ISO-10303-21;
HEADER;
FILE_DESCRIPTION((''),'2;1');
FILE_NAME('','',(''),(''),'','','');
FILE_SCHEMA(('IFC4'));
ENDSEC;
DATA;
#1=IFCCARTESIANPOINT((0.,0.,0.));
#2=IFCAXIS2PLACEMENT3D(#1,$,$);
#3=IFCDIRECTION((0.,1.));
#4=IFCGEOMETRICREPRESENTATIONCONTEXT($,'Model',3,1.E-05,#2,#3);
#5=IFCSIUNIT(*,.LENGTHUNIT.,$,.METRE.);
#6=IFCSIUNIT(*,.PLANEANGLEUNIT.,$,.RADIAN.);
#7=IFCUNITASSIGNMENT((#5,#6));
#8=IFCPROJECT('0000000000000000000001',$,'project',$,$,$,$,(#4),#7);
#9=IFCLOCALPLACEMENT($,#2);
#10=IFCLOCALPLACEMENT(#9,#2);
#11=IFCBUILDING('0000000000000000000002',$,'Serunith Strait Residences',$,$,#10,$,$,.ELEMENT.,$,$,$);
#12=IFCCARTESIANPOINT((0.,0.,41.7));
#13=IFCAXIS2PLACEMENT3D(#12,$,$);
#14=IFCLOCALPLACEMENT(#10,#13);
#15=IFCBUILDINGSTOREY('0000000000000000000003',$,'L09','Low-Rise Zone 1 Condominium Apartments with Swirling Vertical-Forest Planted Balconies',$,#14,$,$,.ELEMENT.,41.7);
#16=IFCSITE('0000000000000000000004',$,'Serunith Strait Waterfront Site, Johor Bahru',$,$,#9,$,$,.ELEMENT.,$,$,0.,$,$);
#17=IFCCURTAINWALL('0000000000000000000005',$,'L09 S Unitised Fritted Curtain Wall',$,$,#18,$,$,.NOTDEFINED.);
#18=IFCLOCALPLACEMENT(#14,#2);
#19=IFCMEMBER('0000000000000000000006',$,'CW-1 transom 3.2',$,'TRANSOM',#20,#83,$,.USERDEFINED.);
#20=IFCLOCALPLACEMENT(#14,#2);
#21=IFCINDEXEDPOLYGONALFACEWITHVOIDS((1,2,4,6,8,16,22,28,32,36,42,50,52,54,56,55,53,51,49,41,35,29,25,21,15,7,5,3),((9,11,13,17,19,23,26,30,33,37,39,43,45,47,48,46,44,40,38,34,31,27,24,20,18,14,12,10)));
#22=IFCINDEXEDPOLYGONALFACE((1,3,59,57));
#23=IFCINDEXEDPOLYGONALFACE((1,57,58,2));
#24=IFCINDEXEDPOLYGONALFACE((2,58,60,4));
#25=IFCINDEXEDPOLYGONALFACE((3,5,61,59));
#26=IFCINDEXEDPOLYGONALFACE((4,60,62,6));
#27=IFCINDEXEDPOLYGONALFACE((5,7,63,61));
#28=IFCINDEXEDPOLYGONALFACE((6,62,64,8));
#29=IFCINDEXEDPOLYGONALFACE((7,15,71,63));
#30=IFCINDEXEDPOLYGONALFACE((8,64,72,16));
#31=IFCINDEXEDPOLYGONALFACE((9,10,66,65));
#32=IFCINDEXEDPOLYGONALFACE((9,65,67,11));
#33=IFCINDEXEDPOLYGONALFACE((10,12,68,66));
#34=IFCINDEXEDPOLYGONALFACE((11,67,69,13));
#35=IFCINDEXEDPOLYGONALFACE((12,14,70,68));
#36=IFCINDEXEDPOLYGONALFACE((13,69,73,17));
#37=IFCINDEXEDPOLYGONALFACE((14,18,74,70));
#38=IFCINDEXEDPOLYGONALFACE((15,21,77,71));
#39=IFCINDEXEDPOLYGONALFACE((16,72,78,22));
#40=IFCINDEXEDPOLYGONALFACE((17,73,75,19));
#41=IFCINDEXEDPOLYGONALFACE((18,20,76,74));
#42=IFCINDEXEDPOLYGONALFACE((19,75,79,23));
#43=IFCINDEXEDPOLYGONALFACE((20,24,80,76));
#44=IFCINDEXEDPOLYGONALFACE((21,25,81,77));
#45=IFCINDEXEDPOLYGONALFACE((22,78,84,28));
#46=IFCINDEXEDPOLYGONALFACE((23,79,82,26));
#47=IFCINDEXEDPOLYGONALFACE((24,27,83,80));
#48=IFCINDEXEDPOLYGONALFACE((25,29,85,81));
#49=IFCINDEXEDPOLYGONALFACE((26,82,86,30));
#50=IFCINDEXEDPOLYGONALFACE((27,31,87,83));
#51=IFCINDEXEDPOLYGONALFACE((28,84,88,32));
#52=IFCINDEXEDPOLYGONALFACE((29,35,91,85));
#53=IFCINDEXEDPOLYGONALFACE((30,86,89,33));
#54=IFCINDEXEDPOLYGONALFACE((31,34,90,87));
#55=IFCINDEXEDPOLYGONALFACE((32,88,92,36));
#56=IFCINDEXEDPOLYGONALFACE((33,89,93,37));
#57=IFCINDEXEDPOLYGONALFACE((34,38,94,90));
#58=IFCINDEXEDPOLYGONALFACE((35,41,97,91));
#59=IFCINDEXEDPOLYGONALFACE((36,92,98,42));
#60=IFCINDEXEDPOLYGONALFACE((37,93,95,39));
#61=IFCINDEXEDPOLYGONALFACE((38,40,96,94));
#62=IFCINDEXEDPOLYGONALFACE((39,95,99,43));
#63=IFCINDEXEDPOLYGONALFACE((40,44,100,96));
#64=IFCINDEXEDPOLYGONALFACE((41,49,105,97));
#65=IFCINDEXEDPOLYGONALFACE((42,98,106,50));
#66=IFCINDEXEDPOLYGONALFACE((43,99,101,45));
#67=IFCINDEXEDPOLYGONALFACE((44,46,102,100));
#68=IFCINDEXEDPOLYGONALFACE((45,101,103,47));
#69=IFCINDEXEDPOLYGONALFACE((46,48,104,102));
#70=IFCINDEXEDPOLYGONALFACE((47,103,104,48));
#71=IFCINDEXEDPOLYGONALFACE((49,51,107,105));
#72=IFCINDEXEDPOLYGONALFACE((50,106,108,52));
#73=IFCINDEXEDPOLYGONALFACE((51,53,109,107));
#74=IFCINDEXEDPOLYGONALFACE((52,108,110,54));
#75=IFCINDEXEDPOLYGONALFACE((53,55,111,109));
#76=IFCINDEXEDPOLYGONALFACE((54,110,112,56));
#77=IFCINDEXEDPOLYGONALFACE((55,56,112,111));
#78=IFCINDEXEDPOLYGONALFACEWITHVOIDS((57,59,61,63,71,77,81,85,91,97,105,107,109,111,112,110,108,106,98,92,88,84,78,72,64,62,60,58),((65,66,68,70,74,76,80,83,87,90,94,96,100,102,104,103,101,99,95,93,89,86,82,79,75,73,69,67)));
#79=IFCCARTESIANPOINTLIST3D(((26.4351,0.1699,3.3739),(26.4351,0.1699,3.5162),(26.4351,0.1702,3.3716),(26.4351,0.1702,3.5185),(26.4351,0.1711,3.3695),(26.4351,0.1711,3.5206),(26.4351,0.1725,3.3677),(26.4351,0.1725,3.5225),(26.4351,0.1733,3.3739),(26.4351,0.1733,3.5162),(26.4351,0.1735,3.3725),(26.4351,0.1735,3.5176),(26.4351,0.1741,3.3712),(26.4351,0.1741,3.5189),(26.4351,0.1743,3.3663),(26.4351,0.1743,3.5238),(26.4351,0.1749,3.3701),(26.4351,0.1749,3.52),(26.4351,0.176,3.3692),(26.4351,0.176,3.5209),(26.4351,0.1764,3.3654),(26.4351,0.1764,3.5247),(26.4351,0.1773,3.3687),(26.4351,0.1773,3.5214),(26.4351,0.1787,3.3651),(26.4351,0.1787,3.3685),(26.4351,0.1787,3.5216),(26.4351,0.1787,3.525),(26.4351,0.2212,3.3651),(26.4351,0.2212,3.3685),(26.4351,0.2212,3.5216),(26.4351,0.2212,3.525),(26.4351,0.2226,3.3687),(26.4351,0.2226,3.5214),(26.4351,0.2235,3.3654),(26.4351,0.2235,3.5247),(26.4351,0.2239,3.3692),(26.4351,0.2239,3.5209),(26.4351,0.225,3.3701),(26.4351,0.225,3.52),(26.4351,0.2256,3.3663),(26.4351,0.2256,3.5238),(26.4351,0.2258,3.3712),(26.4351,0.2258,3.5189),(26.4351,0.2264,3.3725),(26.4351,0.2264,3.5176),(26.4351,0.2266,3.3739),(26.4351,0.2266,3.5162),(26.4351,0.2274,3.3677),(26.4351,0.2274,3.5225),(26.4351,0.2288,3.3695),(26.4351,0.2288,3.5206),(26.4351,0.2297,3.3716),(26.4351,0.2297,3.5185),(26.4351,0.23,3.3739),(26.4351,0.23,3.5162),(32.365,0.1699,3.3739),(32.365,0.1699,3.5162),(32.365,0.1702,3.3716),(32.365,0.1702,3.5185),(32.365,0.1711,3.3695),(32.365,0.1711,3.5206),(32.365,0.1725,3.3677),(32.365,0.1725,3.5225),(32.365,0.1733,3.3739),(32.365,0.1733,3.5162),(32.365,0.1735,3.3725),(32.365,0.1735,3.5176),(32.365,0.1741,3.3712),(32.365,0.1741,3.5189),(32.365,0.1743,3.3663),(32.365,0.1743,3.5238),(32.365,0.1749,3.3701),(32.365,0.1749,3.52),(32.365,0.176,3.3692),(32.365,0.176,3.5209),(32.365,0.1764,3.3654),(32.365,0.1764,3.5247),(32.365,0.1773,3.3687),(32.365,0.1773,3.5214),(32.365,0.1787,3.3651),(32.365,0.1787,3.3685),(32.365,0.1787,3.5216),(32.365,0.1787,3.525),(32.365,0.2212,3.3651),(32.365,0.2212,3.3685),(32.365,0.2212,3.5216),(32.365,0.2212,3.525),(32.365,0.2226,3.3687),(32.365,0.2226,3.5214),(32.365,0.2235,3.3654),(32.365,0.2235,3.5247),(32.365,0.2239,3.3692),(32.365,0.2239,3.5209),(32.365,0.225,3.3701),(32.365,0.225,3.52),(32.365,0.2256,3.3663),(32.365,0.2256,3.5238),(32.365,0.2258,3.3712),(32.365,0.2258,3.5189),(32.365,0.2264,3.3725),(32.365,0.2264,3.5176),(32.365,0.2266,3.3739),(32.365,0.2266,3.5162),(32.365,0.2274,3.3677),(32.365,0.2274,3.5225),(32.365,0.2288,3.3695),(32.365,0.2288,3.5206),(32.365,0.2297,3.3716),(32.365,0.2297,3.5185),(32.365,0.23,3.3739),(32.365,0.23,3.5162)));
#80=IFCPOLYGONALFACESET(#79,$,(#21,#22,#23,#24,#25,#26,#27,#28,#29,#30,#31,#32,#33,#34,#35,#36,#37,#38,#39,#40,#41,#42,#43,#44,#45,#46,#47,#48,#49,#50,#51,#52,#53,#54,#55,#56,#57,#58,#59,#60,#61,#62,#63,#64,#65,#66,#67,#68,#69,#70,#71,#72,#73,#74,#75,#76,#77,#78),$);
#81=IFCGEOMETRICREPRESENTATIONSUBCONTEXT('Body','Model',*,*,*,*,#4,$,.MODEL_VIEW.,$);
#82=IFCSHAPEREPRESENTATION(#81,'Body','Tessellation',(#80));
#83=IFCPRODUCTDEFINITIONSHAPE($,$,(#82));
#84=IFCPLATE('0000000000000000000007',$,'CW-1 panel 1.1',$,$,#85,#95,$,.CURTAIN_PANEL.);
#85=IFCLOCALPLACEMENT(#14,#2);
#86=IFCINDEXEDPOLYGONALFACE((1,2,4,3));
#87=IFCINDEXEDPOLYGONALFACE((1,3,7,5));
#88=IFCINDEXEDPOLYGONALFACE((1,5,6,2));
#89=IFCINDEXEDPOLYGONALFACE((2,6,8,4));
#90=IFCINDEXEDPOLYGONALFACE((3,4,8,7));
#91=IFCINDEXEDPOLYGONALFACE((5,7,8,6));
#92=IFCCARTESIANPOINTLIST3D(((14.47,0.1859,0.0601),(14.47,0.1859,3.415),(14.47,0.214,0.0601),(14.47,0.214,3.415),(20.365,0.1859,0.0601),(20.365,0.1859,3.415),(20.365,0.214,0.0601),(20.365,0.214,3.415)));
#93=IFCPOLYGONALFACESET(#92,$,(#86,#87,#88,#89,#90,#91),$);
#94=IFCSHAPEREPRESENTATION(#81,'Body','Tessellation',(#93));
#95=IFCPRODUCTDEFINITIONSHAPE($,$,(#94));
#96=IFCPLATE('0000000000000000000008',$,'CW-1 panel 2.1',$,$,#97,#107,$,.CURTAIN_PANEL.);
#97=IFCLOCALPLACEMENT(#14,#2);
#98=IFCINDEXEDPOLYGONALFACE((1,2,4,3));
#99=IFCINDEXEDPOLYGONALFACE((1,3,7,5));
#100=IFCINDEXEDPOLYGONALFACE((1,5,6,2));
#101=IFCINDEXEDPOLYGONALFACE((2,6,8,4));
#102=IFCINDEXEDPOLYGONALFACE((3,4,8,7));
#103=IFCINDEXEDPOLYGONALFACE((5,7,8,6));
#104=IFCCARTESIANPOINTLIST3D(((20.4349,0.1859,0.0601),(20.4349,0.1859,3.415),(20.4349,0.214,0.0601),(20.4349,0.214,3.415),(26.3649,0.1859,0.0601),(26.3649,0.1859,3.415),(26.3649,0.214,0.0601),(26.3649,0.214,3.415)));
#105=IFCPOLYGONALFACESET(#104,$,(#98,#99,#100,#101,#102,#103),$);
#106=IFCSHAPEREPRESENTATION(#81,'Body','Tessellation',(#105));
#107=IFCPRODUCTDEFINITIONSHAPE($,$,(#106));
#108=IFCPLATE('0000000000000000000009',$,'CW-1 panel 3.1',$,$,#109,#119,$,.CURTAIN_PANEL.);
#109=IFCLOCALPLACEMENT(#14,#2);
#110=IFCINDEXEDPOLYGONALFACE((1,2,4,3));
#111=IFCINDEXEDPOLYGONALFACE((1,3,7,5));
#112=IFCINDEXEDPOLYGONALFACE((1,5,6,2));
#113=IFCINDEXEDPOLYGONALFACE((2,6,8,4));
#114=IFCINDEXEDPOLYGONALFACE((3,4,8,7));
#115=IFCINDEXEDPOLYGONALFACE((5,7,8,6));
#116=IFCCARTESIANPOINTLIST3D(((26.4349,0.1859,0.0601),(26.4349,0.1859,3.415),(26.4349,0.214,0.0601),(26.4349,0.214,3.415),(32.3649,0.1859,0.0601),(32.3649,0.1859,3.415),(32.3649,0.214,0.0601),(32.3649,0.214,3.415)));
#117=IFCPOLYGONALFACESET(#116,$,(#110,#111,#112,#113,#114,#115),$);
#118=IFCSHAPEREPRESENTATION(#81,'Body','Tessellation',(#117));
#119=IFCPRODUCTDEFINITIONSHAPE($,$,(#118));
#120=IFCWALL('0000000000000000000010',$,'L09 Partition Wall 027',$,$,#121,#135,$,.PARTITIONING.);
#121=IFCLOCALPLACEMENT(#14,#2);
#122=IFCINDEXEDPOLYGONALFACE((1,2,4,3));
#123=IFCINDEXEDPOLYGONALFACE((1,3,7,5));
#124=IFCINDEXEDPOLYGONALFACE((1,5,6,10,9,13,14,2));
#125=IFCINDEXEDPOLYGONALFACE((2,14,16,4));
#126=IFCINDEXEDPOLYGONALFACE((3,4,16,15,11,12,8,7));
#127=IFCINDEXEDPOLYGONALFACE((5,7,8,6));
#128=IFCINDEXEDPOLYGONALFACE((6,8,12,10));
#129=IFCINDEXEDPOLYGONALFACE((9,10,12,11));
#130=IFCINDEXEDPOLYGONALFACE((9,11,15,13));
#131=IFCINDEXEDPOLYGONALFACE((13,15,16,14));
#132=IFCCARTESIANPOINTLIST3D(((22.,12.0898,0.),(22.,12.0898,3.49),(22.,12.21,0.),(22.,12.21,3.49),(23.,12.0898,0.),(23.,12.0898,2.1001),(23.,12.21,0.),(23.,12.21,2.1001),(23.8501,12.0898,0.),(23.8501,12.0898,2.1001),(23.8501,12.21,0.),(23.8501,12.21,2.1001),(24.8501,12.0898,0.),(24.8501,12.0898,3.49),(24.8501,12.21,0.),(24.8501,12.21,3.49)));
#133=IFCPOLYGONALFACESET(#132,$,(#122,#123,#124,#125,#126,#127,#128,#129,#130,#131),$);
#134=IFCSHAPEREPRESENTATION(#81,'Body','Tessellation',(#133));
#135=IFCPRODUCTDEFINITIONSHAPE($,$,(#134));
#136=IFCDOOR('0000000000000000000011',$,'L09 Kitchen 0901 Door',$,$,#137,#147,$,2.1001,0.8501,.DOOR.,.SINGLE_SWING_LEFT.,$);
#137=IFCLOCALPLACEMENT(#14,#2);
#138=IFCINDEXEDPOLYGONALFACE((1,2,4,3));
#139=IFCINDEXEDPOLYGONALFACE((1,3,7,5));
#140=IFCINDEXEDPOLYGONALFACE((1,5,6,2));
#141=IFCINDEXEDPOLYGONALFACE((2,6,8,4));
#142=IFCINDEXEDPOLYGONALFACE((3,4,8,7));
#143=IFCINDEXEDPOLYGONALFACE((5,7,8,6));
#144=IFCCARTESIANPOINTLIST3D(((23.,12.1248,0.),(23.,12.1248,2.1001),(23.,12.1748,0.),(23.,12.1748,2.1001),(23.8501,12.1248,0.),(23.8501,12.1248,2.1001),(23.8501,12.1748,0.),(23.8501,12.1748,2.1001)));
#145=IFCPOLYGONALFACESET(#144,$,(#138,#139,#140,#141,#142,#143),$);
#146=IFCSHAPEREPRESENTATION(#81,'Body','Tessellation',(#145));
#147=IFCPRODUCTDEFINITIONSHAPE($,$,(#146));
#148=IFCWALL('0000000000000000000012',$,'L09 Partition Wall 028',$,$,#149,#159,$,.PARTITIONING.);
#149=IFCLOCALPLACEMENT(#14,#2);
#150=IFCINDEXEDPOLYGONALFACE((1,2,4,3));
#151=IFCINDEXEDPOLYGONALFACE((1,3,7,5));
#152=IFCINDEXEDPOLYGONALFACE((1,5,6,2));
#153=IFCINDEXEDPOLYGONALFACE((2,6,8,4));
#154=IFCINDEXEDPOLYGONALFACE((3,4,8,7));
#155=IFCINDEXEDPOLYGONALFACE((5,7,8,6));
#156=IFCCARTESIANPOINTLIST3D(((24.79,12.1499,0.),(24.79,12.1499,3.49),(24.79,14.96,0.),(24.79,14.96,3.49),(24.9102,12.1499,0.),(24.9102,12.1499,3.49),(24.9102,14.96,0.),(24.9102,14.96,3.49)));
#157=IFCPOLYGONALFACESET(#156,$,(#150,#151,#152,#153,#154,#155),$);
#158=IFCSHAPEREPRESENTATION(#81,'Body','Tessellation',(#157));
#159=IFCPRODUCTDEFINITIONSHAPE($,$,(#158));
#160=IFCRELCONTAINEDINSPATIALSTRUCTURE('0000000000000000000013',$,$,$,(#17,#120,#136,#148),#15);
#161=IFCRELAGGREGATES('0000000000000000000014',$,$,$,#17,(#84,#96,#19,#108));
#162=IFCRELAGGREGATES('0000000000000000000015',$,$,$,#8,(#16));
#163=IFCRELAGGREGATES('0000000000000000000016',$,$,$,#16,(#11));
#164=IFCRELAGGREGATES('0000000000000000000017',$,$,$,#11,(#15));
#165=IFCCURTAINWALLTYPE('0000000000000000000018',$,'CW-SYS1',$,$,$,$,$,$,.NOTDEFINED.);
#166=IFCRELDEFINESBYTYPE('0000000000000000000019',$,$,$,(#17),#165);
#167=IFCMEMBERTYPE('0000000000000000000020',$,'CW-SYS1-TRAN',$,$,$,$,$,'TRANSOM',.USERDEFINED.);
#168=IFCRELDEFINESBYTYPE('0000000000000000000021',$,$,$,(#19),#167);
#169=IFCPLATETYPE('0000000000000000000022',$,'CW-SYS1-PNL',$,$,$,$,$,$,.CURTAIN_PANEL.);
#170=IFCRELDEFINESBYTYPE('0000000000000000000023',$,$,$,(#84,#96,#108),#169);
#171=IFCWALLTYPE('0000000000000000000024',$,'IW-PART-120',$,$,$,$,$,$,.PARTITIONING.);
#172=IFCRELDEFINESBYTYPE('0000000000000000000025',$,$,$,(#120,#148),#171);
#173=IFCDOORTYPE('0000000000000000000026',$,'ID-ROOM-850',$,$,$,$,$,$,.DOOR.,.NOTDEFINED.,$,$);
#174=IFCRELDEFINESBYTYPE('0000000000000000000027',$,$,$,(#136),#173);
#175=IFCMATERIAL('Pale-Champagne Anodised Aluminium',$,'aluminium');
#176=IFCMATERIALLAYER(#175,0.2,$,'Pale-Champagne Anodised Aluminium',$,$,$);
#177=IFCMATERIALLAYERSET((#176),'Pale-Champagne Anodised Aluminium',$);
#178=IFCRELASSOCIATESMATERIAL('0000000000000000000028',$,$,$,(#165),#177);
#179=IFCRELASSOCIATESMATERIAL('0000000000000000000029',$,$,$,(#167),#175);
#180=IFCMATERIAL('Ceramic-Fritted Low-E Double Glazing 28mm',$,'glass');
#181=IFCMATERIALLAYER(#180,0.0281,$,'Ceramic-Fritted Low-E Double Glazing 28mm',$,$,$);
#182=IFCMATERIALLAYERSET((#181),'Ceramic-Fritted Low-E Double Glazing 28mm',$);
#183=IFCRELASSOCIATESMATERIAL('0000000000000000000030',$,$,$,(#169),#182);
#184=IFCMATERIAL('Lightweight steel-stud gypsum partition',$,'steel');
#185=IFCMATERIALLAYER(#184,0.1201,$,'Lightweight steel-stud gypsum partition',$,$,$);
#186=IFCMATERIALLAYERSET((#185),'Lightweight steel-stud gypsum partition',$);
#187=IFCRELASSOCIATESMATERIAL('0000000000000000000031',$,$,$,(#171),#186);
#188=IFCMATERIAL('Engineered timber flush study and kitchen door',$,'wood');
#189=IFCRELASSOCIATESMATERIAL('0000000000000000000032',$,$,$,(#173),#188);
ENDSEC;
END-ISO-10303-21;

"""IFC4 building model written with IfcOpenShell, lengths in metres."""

from ifc_helpers import new_model, si_unit, direction, frame, frame_2d, origin, origin_2d, place, context, subcontext, project, spatial, rectangle, hollow_rectangle, extrude, source, transform, mapped, material, layer, layer_set, material_profile, profile_set, type_object, element, fill, aggregate, save


model = new_model("IFC4")

# Units and contexts
model_context = context("Model", 3, precision=1e-05, world=origin(), true_north=direction((0.0, 1.0)))
body_context = subcontext(model_context, "Body", "Model", "MODEL_VIEW")
ifc_project = project(units=[si_unit("LENGTHUNIT", "METRE"), si_unit("PLANEANGLEUNIT", "RADIAN")], contexts=[model_context])

# Site, building, storey
site_placement = place(None, origin())
site = spatial("IfcSite", under=ifc_project, at=site_placement, Name="Serunith Strait Waterfront Site, Johor Bahru", CompositionType="ELEMENT", RefElevation=0.0)
building_placement = place(site_placement, origin())
building = spatial("IfcBuilding", under=site, at=building_placement, Name="Serunith Strait Residences", CompositionType="ELEMENT")
storey_placement = place(building_placement, frame((0.0, 0.0, 41.7)))
storey = spatial("IfcBuildingStorey", under=building, at=storey_placement, Name="L09", Description="Low-Rise Zone 1 Condominium Apartments with Swirling Vertical-Forest Planted Balconies", CompositionType="ELEMENT", Elevation=41.7)

# Curtain wall, member, plates
ifc_material_1 = material(Name="Pale-Champagne Anodised Aluminium", Category="aluminium")
ifc_layer_1 = layer(ifc_material_1, 0.2, Name="Pale-Champagne Anodised Aluminium")
ifc_layer_set_1 = layer_set([ifc_layer_1], Name="Pale-Champagne Anodised Aluminium")
curtain_wall_type = type_object("IfcCurtainWallType", Name="CW-SYS1", PredefinedType="NOTDEFINED", material=ifc_layer_set_1)
curtain_wall_placement = place(storey_placement, origin())
curtain_wall = element("IfcCurtainWall", 1, at=curtain_wall_placement, inside=storey, type_object=curtain_wall_type, Name="L09 S Unitised Fritted Curtain Wall", PredefinedType="NOTDEFINED")
ifc_material_profile_1 = material_profile(ifc_material_1, hollow_rectangle(XDim=0.0601, YDim=0.1599, WallThickness=0.0034, InnerFilletRadius=0.0054, OuterFilletRadius=0.0088, at=origin_2d()), Name="ALU 160x60x3.5")
ifc_profile_set_1 = profile_set([ifc_material_profile_1], Name="Pale-Champagne Anodised Aluminium")
member_type_1 = type_object("IfcMemberType", Name="CW-SYS1-TRAN", ElementType="TRANSOM", PredefinedType="USERDEFINED", material=ifc_profile_set_1)
shared_shape_1 = source(origin(), body_context, "Body", "SweptSolid", [
    extrude(hollow_rectangle(XDim=0.0601, YDim=0.1599, WallThickness=0.0034, InnerFilletRadius=0.0054, OuterFilletRadius=0.0088, at=origin_2d()), origin(), (0.0, 0.0, 1.0), 5.9299),
])
member_1_placement = place(storey_placement, frame((26.4351, 0.2, 3.4451), z_axis=(1.0, 0.0, 0.0), x_axis=(0.0, 1.0, 0.0)))
member_1 = element("IfcMember", 2, at=member_1_placement, type_object=member_type_1, Name="CW-1 transom 3.2", ObjectType="TRANSOM", PredefinedType="USERDEFINED", context=body_context, shape_type="MappedRepresentation", body=[
    mapped(shared_shape_1, transform((0.0, 0.0, 0.0), scale=1.0)),
])
ifc_material_2 = material(Name="Ceramic-Fritted Low-E Double Glazing 28mm", Category="glass")
ifc_layer_2 = layer(ifc_material_2, 0.0281, Name="Ceramic-Fritted Low-E Double Glazing 28mm")
ifc_layer_set_2 = layer_set([ifc_layer_2], Name="Ceramic-Fritted Low-E Double Glazing 28mm")
plate_type = type_object("IfcPlateType", Name="CW-SYS1-PNL", PredefinedType="CURTAIN_PANEL", material=ifc_layer_set_2)
shared_shape_2 = source(origin(), body_context, "Body", "SweptSolid", [
    extrude(rectangle(XDim=5.895, YDim=0.0281, at=origin_2d()), origin(), (0.0, 0.0, 1.0), 3.355),
])
plate_1_placement = place(storey_placement, frame((17.4175, 0.2, 0.0601), z_axis=(0.0, 0.0, 1.0), x_axis=(1.0, 0.0, 0.0)))
plate_1 = element("IfcPlate", 3, at=plate_1_placement, type_object=plate_type, Name="CW-1 panel 1.1", PredefinedType="CURTAIN_PANEL", context=body_context, shape_type="MappedRepresentation", body=[
    mapped(shared_shape_2, transform((0.0, 0.0, 0.0), scale=1.0)),
])
shared_shape_3 = source(origin(), body_context, "Body", "SweptSolid", [
    extrude(rectangle(XDim=5.9299, YDim=0.0281, at=origin_2d()), origin(), (0.0, 0.0, 1.0), 3.355),
])
plate_2_placement = place(storey_placement, frame((23.3999, 0.2, 0.0601), z_axis=(0.0, 0.0, 1.0), x_axis=(1.0, 0.0, 0.0)))
plate_2 = element("IfcPlate", 4, at=plate_2_placement, type_object=plate_type, Name="CW-1 panel 2.1", PredefinedType="CURTAIN_PANEL", context=body_context, shape_type="MappedRepresentation", body=[
    mapped(shared_shape_3, transform((0.0, 0.0, 0.0), scale=1.0)),
])
plate_3_placement = place(storey_placement, frame((29.3999, 0.2, 0.0601), z_axis=(0.0, 0.0, 1.0), x_axis=(1.0, 0.0, 0.0)))
plate_3 = element("IfcPlate", 5, at=plate_3_placement, type_object=plate_type, Name="CW-1 panel 3.1", PredefinedType="CURTAIN_PANEL", context=body_context, shape_type="MappedRepresentation", body=[
    mapped(shared_shape_3, transform((0.0, 0.0, 0.0), scale=1.0)),
])
aggregate(curtain_wall, [plate_1, plate_2, member_1, plate_3])

# Wall, opening, door
ifc_material_3 = material(Name="Lightweight steel-stud gypsum partition", Category="steel")
ifc_layer_3 = layer(ifc_material_3, 0.1201, Name="Lightweight steel-stud gypsum partition")
ifc_layer_set_3 = layer_set([ifc_layer_3], Name="Lightweight steel-stud gypsum partition")
wall_type = type_object("IfcWallType", Name="IW-PART-120", PredefinedType="PARTITIONING", material=ifc_layer_set_3)
wall_1_placement = place(storey_placement, frame((22.0, 12.1499, 0.0), z_axis=(0.0, 0.0, 1.0), x_axis=(1.0, 0.0, 0.0)))
wall_1 = element("IfcWall", 6, at=wall_1_placement, inside=storey, type_object=wall_type, Name="L09 Partition Wall 027", PredefinedType="PARTITIONING", context=body_context, shape_type="SweptSolid", body=[
    extrude(rectangle(XDim=2.8501, YDim=0.1201, at=frame_2d((1.425, 0.0))), origin(), (0.0, 0.0, 1.0), 3.49),
])
opening_1_placement = place(wall_1_placement, frame((1.0, 0.0, 0.0)))
opening_1 = element("IfcOpeningElement", 7, at=opening_1_placement, cuts=wall_1, PredefinedType="OPENING", context=body_context, shape_type="SweptSolid", body=[
    extrude(rectangle(XDim=0.8501, YDim=2.1001, at=frame_2d((0.425, 1.05))), frame((0.0, 0.0701, 0.0), z_axis=(0.0, -1.0, 0.0), x_axis=(1.0, 0.0, 0.0)), (0.0, 0.0, 1.0), 0.1401),
])
ifc_material_4 = material(Name="Engineered timber flush study and kitchen door", Category="wood")
door_type_1 = type_object("IfcDoorType", Name="ID-ROOM-850", OperationType="NOTDEFINED", PredefinedType="DOOR", material=ifc_material_4)
shared_shape_4 = source(origin(), body_context, "Body", "SweptSolid", [
    extrude(rectangle(XDim=0.8501, YDim=2.1001, at=frame_2d((0.425, 1.05))), frame((0.0, 0.0249, 0.0), z_axis=(0.0, -1.0, 0.0), x_axis=(1.0, 0.0, 0.0)), (0.0, 0.0, 1.0), 0.05),
])
door_1_placement = place(opening_1_placement, origin())
door_1 = element("IfcDoor", 8, at=door_1_placement, inside=storey, type_object=door_type_1, Name="L09 Kitchen 0901 Door", OperationType="SINGLE_SWING_LEFT", OverallHeight=2.1001, OverallWidth=0.8501, PredefinedType="DOOR", context=body_context, shape_type="MappedRepresentation", body=[
    mapped(shared_shape_4, transform((0.0, 0.0, 0.0), scale=1.0)),
])
fill(opening_1, door_1)

# Wall
wall_2_placement = place(storey_placement, frame((24.8501, 12.1499, 0.0), z_axis=(0.0, 0.0, 1.0), x_axis=(0.0, 1.0, 0.0)))
element("IfcWall", 9, at=wall_2_placement, inside=storey, type_object=wall_type, Name="L09 Partition Wall 028", PredefinedType="PARTITIONING", context=body_context, shape_type="SweptSolid", body=[
    extrude(rectangle(XDim=2.8101, YDim=0.1201, at=frame_2d((1.405, 0.0))), origin(), (0.0, 0.0, 1.0), 3.49),
])

save(model, "model.ifc")
